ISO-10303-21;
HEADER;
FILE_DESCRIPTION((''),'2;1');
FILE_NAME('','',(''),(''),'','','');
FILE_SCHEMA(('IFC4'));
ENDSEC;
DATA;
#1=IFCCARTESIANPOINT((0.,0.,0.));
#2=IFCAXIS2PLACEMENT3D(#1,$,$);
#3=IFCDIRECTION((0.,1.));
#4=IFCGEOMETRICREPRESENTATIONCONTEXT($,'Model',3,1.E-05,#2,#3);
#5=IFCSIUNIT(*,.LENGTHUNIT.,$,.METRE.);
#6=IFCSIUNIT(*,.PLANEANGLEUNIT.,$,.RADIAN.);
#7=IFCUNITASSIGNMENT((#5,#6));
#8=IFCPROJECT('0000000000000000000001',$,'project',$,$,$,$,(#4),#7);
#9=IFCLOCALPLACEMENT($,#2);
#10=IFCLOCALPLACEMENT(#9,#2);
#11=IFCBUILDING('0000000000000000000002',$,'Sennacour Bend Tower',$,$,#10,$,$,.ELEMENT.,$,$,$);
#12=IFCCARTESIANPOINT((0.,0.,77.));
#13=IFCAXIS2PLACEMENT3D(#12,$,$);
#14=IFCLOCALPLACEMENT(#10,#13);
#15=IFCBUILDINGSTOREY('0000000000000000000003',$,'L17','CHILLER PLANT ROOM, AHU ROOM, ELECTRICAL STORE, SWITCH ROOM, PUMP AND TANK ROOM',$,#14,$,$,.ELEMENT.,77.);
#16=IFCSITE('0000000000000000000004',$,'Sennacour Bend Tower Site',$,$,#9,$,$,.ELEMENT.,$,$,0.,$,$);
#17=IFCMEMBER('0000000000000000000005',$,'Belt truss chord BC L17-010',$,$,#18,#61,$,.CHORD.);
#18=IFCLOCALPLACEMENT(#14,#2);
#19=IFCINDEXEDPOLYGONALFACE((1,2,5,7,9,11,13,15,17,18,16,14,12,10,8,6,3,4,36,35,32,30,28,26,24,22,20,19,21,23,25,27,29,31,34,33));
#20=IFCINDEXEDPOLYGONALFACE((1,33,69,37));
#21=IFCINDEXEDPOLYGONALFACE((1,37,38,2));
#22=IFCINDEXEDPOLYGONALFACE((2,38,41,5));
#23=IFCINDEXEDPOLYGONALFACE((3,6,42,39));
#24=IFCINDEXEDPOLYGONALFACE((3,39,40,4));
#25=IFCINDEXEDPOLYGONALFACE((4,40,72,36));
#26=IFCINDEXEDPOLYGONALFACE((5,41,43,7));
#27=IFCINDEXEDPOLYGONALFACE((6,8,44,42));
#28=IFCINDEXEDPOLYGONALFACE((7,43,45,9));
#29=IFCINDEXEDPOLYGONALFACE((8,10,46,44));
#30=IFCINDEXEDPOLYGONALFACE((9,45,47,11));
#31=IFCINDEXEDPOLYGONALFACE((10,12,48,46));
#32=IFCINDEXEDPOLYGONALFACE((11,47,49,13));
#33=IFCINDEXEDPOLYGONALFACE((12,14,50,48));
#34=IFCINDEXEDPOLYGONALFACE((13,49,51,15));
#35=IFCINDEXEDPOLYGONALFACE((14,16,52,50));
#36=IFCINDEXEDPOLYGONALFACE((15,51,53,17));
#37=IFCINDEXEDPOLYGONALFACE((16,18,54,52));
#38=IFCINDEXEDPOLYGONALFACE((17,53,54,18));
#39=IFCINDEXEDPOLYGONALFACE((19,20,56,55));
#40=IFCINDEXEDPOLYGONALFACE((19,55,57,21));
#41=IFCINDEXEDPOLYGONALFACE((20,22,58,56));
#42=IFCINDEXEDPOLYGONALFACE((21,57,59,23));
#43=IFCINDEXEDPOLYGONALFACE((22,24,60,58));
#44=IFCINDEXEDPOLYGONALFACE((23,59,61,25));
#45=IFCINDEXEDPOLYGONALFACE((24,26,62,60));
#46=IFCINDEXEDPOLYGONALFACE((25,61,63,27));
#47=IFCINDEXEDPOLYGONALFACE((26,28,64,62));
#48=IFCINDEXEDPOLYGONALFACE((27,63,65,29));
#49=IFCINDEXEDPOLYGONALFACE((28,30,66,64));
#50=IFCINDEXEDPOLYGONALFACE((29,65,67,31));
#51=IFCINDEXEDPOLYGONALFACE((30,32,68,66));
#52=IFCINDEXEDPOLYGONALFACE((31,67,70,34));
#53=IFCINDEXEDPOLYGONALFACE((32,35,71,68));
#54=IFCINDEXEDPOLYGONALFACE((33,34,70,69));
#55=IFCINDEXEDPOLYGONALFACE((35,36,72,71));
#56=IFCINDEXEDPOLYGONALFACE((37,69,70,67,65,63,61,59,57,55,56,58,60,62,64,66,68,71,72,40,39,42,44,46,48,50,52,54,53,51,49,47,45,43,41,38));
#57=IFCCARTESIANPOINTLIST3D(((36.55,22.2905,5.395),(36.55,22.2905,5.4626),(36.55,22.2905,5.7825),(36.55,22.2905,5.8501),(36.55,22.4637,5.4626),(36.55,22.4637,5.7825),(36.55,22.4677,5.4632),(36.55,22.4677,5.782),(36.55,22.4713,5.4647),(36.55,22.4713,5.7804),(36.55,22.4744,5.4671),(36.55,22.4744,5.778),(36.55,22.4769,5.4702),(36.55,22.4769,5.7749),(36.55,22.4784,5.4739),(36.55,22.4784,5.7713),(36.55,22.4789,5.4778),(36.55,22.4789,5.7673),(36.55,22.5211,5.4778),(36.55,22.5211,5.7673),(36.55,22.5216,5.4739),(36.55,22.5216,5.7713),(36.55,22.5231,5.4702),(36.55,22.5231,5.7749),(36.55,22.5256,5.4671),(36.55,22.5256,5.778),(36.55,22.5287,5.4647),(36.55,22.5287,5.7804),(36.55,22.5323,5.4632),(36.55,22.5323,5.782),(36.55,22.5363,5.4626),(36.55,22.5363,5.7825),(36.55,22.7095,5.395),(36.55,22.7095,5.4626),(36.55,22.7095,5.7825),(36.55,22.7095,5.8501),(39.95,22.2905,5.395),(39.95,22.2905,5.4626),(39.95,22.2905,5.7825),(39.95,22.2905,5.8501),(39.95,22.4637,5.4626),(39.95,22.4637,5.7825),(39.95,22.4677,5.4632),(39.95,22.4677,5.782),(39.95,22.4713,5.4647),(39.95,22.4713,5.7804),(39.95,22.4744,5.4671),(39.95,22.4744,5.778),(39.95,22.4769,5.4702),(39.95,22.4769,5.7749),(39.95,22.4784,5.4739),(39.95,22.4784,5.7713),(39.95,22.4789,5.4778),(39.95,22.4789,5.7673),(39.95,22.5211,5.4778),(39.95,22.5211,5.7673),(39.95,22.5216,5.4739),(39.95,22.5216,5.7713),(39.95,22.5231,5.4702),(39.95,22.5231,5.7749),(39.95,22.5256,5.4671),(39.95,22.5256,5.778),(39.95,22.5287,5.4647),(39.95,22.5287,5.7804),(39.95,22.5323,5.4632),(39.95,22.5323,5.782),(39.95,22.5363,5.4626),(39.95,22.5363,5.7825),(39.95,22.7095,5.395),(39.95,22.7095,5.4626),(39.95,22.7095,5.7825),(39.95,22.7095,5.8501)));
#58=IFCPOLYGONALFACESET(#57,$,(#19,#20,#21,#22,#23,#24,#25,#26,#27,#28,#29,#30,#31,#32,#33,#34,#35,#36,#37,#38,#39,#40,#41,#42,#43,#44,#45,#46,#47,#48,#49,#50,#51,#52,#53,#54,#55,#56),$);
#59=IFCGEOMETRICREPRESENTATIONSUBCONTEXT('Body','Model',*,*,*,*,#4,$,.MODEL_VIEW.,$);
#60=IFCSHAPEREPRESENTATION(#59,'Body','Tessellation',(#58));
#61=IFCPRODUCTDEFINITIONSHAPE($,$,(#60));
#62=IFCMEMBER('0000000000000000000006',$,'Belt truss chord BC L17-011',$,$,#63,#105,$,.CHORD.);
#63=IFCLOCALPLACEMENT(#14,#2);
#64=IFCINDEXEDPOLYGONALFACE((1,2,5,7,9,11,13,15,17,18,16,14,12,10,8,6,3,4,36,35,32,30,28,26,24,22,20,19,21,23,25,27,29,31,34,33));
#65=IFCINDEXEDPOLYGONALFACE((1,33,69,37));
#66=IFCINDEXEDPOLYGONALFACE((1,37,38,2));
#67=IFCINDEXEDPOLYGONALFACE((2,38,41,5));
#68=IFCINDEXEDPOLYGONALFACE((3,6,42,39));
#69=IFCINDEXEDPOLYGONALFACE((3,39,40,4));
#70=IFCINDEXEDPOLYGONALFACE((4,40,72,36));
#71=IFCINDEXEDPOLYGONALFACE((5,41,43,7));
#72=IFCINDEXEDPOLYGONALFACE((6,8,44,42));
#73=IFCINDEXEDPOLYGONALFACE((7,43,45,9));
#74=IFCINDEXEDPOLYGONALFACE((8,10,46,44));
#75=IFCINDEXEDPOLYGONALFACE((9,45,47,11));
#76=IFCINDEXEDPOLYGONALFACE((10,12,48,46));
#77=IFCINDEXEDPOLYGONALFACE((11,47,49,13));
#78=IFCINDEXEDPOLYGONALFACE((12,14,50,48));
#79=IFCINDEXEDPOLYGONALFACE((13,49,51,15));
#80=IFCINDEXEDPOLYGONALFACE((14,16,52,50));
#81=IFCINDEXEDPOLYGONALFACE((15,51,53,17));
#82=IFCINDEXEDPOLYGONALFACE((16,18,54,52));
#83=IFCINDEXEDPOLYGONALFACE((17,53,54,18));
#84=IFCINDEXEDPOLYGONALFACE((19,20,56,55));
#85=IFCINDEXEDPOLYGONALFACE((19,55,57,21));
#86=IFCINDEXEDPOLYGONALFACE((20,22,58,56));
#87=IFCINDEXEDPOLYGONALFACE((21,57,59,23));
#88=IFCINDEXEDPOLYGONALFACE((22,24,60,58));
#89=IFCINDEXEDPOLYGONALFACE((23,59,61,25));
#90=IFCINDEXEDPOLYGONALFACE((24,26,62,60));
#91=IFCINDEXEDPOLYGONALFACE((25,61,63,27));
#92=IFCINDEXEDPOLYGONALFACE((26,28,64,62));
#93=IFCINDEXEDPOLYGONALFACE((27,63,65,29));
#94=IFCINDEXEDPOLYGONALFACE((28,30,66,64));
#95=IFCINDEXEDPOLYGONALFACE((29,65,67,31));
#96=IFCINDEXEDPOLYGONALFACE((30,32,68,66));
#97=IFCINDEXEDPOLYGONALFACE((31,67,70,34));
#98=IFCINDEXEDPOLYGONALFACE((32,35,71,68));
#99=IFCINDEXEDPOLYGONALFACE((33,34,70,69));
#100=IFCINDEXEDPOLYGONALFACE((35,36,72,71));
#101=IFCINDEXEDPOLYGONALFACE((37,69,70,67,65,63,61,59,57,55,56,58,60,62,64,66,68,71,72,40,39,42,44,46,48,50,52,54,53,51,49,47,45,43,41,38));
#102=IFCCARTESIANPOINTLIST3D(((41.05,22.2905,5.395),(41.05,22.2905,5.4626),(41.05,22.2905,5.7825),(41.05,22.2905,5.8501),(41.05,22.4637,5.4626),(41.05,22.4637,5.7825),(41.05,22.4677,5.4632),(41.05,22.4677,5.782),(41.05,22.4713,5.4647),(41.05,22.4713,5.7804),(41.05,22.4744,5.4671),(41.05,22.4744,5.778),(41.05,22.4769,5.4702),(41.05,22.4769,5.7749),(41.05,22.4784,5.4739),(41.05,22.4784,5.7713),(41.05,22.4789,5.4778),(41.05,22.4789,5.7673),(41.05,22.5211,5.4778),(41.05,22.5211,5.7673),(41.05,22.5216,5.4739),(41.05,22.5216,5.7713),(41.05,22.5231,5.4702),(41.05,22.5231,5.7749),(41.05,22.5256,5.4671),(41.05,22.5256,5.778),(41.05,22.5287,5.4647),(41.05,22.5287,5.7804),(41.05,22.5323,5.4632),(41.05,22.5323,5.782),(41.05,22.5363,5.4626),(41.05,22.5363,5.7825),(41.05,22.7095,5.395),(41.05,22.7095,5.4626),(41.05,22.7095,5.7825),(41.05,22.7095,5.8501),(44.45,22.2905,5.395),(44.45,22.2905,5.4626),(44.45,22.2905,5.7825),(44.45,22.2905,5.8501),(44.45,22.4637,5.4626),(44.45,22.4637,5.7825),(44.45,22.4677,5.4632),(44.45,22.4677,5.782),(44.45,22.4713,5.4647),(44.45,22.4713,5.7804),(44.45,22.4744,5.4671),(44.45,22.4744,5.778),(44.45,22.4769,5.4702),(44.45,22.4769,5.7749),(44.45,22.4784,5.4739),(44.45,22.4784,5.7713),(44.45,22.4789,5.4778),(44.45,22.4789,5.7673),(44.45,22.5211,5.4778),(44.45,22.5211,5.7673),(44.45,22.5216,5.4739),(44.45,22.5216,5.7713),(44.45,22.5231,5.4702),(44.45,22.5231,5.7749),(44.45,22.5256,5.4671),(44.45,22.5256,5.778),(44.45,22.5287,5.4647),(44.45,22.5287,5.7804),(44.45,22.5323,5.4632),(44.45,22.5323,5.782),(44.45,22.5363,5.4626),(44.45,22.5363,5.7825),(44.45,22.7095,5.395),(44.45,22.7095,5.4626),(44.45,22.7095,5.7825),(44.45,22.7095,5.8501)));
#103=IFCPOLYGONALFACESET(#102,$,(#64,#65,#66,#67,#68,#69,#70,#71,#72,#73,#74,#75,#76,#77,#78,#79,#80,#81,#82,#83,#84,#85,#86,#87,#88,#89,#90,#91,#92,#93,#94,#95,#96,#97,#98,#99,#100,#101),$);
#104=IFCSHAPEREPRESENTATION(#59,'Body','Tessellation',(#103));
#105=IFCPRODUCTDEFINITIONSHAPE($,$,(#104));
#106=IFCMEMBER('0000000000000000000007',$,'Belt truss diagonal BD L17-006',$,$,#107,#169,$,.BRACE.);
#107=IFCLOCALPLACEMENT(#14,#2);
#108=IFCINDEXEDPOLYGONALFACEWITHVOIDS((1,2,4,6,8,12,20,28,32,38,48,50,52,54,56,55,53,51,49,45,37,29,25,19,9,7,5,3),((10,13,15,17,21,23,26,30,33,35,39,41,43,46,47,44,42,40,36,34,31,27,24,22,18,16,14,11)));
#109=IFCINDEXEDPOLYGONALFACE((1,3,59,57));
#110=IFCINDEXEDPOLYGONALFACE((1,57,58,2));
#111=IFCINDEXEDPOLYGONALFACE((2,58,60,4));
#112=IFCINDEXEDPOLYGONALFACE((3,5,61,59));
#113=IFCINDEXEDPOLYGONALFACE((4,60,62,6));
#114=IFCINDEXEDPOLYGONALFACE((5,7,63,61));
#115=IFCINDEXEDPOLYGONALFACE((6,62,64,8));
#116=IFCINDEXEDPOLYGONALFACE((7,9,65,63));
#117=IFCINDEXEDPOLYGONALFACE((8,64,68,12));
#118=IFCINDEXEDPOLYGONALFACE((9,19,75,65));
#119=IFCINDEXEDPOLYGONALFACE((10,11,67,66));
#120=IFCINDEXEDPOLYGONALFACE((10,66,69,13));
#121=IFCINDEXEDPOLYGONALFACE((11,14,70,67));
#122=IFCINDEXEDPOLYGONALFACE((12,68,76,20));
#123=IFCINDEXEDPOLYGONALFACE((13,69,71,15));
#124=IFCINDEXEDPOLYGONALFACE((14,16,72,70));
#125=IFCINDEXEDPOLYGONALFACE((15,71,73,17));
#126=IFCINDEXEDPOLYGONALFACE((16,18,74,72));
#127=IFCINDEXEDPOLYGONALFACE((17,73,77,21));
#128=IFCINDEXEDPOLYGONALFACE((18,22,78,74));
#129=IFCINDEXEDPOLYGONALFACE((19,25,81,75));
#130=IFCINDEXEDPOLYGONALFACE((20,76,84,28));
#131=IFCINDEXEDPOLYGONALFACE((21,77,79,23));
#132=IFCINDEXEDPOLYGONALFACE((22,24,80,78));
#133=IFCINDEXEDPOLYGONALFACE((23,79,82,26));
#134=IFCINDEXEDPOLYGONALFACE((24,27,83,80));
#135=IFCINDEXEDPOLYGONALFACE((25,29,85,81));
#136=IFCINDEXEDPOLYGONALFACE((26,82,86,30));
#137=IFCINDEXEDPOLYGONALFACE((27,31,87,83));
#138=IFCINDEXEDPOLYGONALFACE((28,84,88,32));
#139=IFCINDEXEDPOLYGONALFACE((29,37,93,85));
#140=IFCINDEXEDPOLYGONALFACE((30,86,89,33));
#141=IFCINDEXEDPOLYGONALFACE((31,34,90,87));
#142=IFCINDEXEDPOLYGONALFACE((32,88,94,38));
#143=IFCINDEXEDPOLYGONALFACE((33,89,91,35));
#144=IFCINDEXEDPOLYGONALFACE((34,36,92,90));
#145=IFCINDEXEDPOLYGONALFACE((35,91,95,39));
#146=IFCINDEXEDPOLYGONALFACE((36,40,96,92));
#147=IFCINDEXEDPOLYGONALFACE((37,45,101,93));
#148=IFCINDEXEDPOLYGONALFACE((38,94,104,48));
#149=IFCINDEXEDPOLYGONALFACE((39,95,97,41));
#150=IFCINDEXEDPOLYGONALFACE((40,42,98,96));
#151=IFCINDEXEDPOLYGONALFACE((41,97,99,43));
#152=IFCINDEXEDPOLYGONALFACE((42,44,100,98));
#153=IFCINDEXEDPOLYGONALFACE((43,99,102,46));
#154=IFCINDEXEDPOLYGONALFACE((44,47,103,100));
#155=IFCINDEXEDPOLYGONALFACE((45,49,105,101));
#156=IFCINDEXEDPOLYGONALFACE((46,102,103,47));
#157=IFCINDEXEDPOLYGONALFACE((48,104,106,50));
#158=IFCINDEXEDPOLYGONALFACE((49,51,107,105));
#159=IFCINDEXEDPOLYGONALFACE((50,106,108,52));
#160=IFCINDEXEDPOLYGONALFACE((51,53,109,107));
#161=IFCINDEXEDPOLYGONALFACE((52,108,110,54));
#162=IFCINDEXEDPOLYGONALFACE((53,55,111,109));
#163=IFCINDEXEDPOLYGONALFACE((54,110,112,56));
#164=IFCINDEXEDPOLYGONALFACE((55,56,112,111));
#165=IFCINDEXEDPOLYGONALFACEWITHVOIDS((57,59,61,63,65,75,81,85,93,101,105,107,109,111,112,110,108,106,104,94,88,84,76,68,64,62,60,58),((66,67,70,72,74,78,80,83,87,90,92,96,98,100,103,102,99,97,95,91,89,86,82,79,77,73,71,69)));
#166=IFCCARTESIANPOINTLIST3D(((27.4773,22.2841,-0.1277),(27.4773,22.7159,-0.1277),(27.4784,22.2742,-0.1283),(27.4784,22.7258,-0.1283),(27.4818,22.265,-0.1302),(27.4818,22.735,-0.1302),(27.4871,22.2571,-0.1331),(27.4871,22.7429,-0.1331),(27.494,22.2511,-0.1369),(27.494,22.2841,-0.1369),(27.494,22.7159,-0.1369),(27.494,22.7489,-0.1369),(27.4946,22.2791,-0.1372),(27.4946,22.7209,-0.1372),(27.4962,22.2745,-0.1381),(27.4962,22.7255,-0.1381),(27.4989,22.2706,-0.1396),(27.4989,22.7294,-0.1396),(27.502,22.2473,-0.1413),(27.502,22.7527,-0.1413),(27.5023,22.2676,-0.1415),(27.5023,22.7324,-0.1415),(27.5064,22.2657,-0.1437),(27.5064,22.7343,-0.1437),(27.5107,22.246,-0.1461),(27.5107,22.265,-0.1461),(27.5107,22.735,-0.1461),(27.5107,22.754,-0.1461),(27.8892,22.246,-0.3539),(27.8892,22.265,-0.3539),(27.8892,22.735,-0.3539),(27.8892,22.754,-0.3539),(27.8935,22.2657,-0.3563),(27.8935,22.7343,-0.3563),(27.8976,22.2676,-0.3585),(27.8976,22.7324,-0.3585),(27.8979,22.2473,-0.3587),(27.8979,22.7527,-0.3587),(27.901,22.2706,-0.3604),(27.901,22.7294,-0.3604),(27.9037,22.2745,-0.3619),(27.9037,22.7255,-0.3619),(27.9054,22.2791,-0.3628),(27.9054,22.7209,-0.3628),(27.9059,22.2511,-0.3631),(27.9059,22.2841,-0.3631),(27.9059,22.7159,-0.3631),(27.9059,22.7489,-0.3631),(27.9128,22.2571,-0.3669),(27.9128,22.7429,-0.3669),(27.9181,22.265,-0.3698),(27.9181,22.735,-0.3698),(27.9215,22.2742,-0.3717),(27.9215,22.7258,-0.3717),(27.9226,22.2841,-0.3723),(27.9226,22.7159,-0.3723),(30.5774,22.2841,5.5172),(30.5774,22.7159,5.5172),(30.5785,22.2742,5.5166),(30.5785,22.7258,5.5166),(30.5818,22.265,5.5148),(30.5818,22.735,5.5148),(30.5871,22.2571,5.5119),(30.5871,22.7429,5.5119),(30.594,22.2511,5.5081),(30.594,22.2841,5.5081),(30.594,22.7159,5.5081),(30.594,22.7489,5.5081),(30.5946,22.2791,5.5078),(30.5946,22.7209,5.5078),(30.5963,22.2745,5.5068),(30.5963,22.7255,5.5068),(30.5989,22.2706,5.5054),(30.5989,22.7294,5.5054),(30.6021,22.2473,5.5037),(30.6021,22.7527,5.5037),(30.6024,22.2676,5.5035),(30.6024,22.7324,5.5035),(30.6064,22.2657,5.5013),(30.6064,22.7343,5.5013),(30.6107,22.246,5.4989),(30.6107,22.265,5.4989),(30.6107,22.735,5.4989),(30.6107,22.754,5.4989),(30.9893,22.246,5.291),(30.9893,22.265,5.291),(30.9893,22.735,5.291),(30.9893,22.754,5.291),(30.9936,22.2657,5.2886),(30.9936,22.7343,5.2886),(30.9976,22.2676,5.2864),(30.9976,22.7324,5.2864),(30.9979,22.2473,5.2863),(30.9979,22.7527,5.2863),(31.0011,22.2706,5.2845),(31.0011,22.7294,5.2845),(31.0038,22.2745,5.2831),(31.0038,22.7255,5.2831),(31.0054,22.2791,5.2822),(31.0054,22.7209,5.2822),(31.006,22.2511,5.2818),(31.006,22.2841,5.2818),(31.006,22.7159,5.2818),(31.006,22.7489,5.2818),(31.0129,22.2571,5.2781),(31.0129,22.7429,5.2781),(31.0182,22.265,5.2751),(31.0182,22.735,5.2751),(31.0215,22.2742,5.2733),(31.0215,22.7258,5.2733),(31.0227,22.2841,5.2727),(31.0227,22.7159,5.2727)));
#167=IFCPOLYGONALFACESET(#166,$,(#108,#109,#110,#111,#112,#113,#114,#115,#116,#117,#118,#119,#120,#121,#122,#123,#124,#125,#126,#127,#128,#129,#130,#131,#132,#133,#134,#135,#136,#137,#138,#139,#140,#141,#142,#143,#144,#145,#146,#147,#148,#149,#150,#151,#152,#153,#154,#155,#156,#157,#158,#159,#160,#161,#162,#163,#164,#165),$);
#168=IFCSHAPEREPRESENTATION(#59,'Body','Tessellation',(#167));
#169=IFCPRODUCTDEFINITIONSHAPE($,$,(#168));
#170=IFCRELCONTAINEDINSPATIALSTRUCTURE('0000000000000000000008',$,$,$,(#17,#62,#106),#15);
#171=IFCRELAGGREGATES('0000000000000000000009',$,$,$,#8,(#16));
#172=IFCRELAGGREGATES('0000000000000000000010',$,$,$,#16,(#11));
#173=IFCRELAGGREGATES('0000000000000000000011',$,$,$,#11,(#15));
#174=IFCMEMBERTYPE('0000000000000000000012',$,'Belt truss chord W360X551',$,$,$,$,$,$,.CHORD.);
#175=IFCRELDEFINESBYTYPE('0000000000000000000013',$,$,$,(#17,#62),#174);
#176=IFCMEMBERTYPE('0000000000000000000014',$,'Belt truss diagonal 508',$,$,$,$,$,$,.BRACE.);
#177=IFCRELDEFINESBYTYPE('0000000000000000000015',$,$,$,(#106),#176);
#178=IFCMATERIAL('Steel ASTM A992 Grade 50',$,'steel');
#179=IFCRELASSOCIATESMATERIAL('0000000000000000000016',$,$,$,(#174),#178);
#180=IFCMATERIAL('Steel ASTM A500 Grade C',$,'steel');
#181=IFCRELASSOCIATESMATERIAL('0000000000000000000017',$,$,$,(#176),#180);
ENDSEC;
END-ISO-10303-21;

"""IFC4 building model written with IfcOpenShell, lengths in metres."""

from ifc_helpers import new_model, si_unit, direction, frame, origin, origin_2d, place, context, subcontext, project, spatial, hollow_rectangle, i_section, extrude, material, material_profile, profile_set, type_object, element, save


model = new_model("IFC4")

# Units and contexts
model_context = context("Model", 3, precision=1e-05, world=origin(), true_north=direction((0.0, 1.0)))
body_context = subcontext(model_context, "Body", "Model", "MODEL_VIEW")
ifc_project = project(units=[si_unit("LENGTHUNIT", "METRE"), si_unit("PLANEANGLEUNIT", "RADIAN")], contexts=[model_context])

# Site, building, storey
site_placement = place(None, origin())
site = spatial("IfcSite", under=ifc_project, at=site_placement, Name="Sennacour Bend Tower Site", CompositionType="ELEMENT", RefElevation=0.0)
building_placement = place(site_placement, origin())
building = spatial("IfcBuilding", under=site, at=building_placement, Name="Sennacour Bend Tower", CompositionType="ELEMENT")
storey_placement = place(building_placement, frame((0.0, 0.0, 77.0)))
storey = spatial("IfcBuildingStorey", under=building, at=storey_placement, Name="L17", Description="CHILLER PLANT ROOM, AHU ROOM, ELECTRICAL STORE, SWITCH ROOM, PUMP AND TANK ROOM", CompositionType="ELEMENT", Elevation=77.0)

# Members
ifc_material_1 = material(Name="Steel ASTM A992 Grade 50", Category="steel")
ifc_material_profile_1 = material_profile(ifc_material_1, i_section(OverallWidth=0.4189, OverallDepth=0.4551, WebThickness=0.0422, FlangeThickness=0.0676, FilletRadius=0.0151, at=origin_2d()), Name="Steel ASTM A992 Grade 50", Category="steel")
ifc_profile_set_1 = profile_set([ifc_material_profile_1], Name="Steel ASTM A992 Grade 50")
member_type_1 = type_object("IfcMemberType", Name="Belt truss chord W360X551", PredefinedType="CHORD", material=ifc_profile_set_1)
for number, where, z_axis, x_axis, name in (
    (1, (36.55, 22.5, 5.6226), (1.0, 0.0, 0.0), (0.0, 1.0, 0.0), "Belt truss chord BC L17-010"),
    (2, (41.05, 22.5, 5.6226), (1.0, 0.0, 0.0), (0.0, 1.0, 0.0), "Belt truss chord BC L17-011"),
):
    element("IfcMember", number, at=place(storey_placement, frame(where, z_axis=z_axis, x_axis=x_axis)), inside=storey, type_object=member_type_1, Name=name, PredefinedType="CHORD", context=body_context, shape_type="SweptSolid", body=[
        extrude(i_section(OverallWidth=0.4189, OverallDepth=0.4551, WebThickness=0.0422, FlangeThickness=0.0676, FilletRadius=0.0151, at=origin_2d()), origin(), (0.0, 0.0, 1.0), 3.3999),
    ])
ifc_material_2 = material(Name="Steel ASTM A500 Grade C", Category="steel")
ifc_material_profile_2 = material_profile(ifc_material_2, hollow_rectangle(XDim=0.5081, YDim=0.5081, WallThickness=0.019, InnerFilletRadius=0.019, OuterFilletRadius=0.0381, at=origin_2d()), Name="Steel ASTM A500 Grade C", Category="steel")
ifc_profile_set_2 = profile_set([ifc_material_profile_2], Name="Steel ASTM A500 Grade C")
member_type_2 = type_object("IfcMemberType", Name="Belt truss diagonal 508", PredefinedType="BRACE", material=ifc_profile_set_2)
for number, where, z_axis, x_axis, name in (
    (3, (27.7, 22.5, -0.25), (0.481363, 0.0, 0.876521), (0.0, 1.0, 0.0), "Belt truss diagonal BD L17-006"),
):
    element("IfcMember", number, at=place(storey_placement, frame(where, z_axis=z_axis, x_axis=x_axis)), inside=storey, type_object=member_type_2, Name=name, PredefinedType="BRACE", context=body_context, shape_type="SweptSolid", body=[
        extrude(hollow_rectangle(XDim=0.5081, YDim=0.5081, WallThickness=0.019, InnerFilletRadius=0.019, OuterFilletRadius=0.0381, at=origin_2d()), origin(), (0.0, 0.0, 1.0), 6.4402),
    ])

save(model, "model.ifc")
